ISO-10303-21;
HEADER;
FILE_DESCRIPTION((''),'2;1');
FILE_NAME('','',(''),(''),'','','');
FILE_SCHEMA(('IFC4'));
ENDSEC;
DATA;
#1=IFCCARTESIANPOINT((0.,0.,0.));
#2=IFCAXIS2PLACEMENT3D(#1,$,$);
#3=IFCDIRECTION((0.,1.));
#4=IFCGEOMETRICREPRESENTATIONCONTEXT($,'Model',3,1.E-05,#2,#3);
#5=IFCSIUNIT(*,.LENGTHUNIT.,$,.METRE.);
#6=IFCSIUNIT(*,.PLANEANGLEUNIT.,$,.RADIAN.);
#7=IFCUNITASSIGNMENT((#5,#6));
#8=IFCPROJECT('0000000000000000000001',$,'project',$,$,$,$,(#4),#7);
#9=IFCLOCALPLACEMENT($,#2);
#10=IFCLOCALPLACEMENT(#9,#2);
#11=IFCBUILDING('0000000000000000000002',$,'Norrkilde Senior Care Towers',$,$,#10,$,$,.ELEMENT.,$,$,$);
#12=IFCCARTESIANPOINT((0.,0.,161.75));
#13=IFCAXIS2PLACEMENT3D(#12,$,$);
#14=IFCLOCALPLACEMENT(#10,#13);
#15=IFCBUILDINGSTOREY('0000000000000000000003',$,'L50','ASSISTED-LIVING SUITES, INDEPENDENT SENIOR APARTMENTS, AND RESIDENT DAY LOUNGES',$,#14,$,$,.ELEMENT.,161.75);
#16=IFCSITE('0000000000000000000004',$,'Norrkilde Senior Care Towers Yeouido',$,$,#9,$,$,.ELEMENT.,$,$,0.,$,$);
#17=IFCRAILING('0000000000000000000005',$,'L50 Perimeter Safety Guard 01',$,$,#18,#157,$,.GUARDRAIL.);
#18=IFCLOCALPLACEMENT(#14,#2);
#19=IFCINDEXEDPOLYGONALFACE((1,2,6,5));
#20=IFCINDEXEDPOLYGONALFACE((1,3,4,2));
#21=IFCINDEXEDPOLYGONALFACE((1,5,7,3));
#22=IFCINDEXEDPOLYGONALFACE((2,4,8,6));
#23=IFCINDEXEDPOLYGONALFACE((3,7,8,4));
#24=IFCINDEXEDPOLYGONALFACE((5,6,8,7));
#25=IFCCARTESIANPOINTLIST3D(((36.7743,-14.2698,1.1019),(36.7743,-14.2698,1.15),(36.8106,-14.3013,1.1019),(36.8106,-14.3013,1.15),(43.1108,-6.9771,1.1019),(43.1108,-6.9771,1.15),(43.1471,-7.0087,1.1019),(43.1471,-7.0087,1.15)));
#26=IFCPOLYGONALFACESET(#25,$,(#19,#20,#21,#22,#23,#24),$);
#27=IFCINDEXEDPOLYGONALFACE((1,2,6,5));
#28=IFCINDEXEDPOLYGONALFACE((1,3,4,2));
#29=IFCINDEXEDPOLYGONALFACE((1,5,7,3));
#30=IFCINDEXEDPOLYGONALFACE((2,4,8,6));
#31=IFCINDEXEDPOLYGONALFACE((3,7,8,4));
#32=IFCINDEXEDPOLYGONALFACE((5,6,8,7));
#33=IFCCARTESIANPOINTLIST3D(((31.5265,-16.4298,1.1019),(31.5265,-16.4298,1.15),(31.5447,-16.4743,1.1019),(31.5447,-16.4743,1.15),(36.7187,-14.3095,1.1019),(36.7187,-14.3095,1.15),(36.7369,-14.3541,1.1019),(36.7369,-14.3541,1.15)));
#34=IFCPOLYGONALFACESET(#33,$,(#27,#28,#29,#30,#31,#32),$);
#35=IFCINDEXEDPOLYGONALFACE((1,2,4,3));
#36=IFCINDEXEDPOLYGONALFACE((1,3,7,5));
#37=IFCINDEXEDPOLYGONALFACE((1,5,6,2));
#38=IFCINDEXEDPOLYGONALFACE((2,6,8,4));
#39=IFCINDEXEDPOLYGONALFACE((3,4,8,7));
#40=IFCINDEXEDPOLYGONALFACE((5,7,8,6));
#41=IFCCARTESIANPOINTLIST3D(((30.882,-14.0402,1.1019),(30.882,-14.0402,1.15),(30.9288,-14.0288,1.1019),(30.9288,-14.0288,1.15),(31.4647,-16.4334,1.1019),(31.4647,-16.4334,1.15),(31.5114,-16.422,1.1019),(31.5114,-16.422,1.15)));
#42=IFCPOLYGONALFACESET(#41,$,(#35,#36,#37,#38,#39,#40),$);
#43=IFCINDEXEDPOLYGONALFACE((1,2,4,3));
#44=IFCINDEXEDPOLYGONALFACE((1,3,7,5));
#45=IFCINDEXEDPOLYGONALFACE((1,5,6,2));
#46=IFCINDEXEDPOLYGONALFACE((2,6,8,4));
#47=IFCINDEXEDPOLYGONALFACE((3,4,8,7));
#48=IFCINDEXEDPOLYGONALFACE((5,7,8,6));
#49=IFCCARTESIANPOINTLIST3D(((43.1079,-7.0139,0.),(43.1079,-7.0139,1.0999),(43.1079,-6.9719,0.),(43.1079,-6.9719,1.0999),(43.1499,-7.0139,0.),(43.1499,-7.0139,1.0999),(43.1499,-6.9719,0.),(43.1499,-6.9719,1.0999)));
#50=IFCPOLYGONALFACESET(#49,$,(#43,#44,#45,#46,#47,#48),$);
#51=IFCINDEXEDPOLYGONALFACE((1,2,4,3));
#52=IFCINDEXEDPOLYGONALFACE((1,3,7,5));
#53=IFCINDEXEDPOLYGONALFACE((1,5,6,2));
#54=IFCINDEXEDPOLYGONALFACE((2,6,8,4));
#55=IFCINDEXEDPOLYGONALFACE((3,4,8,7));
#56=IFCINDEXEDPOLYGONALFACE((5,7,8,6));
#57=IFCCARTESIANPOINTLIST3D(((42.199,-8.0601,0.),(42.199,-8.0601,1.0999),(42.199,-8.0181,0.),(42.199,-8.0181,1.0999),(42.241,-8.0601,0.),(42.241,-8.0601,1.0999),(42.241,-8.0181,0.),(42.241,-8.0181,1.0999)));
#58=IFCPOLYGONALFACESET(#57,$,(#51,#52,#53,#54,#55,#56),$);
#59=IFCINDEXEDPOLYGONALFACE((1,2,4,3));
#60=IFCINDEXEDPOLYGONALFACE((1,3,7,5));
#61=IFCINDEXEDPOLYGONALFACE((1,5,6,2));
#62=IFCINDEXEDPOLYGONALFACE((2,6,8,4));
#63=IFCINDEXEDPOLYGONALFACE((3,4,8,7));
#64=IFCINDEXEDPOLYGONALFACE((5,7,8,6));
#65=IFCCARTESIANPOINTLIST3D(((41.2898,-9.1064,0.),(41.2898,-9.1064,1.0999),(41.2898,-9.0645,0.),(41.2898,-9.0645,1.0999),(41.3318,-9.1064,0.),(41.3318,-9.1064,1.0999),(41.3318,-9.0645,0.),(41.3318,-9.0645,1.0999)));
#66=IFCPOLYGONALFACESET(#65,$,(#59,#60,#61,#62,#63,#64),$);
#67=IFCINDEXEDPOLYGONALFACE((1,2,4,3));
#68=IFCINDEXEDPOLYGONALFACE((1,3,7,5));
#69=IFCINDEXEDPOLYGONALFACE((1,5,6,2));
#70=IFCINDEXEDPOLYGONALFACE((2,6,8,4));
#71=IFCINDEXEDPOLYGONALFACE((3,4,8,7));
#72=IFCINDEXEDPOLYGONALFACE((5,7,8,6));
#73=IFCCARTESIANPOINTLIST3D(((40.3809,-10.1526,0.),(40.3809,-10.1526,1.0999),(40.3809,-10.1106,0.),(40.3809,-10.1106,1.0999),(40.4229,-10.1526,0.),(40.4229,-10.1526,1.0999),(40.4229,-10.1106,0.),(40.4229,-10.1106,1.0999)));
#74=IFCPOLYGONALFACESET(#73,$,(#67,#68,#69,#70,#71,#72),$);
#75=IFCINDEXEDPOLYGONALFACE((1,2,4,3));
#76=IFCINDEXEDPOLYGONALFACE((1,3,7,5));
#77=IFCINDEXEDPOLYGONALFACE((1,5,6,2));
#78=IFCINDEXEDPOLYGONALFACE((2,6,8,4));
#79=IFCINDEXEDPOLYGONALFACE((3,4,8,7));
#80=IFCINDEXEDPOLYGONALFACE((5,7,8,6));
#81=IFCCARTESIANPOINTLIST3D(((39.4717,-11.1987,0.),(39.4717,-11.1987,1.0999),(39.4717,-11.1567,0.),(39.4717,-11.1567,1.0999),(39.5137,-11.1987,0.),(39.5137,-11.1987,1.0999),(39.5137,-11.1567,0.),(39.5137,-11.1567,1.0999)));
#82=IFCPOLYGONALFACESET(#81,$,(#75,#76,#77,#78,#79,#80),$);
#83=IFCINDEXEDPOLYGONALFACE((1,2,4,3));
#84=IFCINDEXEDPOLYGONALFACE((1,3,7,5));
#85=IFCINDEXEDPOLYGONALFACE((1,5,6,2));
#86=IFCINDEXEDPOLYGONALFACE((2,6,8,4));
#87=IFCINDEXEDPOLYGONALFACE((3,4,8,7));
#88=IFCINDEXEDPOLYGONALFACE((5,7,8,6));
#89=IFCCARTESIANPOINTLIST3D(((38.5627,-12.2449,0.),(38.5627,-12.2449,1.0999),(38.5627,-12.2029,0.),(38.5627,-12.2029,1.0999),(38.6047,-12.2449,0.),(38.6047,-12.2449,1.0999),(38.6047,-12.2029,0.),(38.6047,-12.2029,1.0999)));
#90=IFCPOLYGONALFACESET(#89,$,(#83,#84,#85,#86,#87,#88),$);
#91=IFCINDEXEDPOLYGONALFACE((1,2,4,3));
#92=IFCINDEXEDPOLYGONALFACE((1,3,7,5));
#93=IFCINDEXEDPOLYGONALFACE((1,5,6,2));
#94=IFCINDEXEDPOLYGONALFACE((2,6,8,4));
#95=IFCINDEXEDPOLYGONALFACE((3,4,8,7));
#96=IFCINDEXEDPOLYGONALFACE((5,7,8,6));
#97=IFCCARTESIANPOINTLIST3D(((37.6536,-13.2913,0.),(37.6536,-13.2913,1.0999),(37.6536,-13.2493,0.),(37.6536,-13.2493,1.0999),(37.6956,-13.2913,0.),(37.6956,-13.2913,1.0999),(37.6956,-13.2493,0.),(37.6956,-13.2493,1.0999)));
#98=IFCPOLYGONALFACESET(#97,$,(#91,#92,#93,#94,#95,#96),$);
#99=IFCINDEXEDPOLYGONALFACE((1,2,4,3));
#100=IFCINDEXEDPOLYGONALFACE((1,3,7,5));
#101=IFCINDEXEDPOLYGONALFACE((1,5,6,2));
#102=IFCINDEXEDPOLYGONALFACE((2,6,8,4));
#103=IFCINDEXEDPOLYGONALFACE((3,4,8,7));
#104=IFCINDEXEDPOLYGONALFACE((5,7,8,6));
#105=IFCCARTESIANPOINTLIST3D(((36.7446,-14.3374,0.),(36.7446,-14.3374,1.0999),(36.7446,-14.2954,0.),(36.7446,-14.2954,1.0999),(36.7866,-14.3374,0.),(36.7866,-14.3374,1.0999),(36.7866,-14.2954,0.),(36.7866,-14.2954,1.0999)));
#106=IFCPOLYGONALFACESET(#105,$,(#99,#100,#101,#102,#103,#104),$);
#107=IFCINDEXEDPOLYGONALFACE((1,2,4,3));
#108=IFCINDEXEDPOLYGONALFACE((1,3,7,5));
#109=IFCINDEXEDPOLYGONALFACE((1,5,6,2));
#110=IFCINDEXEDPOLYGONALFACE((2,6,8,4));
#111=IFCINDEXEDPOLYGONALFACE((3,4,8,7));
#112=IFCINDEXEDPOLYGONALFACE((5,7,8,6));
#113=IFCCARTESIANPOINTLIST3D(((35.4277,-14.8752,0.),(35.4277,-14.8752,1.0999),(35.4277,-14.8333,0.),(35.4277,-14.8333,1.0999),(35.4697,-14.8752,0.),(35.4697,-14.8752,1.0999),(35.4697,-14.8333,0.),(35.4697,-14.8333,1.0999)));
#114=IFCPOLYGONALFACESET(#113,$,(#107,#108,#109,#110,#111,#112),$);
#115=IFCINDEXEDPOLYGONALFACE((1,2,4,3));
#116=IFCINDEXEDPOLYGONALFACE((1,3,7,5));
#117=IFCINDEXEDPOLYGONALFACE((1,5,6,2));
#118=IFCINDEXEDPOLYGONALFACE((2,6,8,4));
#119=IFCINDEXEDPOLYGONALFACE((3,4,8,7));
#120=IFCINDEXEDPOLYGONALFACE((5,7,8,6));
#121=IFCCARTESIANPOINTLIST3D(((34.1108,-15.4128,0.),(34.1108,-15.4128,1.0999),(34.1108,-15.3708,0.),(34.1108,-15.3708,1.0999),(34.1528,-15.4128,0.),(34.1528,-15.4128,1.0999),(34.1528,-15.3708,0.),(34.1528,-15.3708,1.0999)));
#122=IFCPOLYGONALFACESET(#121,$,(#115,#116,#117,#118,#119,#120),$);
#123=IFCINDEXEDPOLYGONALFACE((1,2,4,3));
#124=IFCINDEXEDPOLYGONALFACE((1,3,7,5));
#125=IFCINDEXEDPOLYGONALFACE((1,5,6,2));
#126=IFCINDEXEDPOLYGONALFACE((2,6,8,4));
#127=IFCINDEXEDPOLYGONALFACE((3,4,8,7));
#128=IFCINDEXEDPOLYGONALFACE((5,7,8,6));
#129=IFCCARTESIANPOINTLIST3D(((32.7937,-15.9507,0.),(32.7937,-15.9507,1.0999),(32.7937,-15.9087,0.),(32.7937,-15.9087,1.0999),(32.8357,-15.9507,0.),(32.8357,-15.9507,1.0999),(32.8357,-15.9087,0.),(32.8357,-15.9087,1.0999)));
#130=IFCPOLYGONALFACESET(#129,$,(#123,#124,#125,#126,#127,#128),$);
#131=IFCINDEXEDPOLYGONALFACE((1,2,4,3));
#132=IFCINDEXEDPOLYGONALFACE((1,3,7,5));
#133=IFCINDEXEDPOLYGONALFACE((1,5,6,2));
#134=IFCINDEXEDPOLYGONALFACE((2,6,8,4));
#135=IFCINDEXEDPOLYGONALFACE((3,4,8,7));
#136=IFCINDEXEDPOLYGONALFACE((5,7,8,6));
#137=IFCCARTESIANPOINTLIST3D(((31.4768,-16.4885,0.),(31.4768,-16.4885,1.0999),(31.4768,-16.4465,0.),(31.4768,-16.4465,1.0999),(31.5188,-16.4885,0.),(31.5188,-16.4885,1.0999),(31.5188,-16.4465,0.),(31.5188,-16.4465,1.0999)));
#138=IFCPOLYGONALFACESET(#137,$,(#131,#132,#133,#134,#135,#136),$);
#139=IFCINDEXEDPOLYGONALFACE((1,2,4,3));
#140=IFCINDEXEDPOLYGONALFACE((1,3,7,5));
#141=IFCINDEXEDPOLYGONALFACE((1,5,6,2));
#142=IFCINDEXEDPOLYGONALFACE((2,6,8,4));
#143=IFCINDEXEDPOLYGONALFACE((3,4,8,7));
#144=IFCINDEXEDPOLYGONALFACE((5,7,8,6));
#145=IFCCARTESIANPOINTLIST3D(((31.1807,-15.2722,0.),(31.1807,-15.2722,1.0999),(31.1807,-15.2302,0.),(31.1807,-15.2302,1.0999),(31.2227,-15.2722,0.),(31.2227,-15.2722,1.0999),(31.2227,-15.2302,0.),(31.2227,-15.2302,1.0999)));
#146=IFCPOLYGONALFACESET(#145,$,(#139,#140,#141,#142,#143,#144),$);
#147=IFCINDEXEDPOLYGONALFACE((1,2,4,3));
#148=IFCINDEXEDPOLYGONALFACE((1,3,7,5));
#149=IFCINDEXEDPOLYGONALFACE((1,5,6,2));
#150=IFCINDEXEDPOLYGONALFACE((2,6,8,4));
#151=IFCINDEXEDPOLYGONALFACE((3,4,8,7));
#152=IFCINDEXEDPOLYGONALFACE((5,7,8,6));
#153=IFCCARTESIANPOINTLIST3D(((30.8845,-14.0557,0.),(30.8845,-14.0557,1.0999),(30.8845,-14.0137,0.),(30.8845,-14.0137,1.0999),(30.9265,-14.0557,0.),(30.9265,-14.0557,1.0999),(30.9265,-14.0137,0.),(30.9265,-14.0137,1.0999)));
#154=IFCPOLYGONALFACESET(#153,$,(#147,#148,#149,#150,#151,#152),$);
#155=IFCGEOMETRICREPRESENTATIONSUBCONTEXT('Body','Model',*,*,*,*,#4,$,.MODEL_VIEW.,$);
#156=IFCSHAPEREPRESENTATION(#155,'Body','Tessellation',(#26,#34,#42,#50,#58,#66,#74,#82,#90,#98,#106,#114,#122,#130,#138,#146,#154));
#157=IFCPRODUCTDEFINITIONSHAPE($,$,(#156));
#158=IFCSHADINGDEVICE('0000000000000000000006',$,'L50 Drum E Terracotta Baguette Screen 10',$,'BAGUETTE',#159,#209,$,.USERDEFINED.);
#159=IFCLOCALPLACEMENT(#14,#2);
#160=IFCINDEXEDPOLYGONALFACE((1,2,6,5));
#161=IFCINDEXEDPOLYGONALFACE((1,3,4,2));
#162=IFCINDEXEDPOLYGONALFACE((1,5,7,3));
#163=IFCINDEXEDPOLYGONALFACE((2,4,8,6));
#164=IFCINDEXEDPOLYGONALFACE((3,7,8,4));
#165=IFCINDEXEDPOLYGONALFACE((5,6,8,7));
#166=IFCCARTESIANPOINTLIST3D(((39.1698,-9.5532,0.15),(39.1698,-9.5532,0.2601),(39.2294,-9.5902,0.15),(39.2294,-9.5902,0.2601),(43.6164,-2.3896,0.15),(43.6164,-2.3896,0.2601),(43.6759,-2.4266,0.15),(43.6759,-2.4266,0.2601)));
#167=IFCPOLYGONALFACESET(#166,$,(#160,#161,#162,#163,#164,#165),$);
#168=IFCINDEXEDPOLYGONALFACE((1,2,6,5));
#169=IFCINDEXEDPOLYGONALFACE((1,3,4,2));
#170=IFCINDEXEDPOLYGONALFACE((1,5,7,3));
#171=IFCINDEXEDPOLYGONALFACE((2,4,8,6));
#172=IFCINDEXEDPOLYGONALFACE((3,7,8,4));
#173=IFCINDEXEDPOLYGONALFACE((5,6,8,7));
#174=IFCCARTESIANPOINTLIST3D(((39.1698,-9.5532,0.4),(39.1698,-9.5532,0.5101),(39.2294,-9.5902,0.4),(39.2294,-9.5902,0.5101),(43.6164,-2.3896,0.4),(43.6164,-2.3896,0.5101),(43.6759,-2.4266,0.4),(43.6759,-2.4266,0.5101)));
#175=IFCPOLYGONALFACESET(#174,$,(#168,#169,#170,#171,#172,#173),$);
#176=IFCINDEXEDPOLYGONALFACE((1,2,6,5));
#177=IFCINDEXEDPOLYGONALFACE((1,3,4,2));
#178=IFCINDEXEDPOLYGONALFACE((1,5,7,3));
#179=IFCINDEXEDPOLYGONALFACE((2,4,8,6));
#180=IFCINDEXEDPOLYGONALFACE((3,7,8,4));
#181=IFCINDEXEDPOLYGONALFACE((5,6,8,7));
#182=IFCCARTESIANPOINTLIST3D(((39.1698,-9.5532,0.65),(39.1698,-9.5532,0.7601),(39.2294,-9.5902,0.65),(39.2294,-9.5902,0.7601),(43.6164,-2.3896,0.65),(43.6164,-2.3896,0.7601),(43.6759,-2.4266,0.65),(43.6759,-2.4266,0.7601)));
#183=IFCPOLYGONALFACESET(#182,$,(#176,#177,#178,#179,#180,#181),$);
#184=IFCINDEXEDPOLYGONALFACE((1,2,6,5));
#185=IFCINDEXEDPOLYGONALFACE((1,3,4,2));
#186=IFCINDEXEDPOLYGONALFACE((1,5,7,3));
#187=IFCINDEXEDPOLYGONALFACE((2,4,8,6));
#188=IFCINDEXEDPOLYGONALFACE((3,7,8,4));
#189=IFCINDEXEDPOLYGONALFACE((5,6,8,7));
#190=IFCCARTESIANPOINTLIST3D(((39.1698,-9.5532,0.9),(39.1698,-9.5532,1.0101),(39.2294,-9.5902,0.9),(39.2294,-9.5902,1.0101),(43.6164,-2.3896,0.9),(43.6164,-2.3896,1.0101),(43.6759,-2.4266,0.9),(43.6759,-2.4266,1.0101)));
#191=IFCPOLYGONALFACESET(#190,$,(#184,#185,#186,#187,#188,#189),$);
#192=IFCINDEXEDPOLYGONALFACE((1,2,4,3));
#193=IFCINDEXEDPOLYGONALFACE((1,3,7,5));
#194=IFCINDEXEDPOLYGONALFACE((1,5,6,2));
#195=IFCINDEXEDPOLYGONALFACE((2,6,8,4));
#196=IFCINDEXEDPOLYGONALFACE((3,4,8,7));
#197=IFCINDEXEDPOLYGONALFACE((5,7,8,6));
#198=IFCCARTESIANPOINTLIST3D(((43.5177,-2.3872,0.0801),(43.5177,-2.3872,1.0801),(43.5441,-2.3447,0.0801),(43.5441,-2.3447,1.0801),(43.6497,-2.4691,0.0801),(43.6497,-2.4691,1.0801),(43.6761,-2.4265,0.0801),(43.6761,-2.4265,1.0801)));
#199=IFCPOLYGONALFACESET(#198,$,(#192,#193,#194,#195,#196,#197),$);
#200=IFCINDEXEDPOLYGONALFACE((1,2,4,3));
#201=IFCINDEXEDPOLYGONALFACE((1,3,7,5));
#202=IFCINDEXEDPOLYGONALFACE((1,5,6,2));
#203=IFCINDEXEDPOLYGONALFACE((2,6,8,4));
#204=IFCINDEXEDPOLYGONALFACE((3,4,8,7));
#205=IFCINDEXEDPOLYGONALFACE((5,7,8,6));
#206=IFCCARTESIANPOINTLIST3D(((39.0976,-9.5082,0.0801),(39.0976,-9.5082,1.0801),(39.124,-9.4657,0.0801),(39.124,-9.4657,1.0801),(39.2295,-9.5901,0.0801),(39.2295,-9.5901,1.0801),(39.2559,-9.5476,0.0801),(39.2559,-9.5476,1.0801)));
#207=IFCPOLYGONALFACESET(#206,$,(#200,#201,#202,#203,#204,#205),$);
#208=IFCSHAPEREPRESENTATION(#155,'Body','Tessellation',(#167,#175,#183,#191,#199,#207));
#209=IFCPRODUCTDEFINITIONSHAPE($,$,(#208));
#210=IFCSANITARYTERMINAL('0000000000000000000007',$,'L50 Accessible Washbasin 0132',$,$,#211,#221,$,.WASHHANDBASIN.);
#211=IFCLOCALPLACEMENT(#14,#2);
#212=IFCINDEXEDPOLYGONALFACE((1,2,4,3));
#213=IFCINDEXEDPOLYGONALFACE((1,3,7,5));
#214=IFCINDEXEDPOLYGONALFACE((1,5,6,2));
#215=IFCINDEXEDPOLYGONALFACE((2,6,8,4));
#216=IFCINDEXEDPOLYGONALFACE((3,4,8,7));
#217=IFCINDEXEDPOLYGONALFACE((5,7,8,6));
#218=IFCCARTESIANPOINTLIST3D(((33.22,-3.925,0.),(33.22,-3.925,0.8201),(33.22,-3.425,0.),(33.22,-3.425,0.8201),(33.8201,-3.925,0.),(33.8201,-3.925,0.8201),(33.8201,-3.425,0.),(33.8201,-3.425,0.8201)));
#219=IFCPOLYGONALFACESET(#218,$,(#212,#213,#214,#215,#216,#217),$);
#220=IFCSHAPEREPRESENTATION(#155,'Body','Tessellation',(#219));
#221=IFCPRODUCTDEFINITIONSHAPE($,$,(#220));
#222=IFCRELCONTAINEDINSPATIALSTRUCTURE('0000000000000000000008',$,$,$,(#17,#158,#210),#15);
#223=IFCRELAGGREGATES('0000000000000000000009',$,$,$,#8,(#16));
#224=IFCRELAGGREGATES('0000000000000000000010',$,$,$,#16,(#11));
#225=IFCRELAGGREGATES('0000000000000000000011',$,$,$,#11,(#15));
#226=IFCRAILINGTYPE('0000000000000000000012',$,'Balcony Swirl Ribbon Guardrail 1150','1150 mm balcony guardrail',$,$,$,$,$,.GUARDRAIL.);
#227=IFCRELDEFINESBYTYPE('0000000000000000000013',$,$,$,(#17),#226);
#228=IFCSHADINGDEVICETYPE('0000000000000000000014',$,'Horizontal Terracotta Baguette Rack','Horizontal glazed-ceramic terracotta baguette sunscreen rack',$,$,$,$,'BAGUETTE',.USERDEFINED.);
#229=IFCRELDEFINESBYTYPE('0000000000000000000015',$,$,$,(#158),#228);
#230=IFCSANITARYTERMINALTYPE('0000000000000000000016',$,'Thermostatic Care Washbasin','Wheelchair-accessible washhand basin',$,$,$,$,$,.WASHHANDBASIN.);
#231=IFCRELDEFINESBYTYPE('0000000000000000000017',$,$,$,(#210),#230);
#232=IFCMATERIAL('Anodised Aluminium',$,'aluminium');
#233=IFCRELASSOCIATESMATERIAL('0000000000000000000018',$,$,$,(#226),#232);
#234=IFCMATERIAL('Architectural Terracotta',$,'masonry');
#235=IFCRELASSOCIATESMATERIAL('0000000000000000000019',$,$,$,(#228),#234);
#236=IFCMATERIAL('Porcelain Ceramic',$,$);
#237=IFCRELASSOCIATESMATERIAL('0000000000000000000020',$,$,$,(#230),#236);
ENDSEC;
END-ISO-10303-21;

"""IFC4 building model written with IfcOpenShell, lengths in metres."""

from ifc_helpers import new_model, si_unit, direction, frame, origin, origin_2d, place, context, subcontext, project, spatial, rectangle, extrude, source, transform, mapped, material, type_object, type_shapes, element, save


model = new_model("IFC4")

# Units and contexts
model_context = context("Model", 3, precision=1e-05, world=origin(), true_north=direction((0.0, 1.0)))
body_context = subcontext(model_context, "Body", "Model", "MODEL_VIEW")
ifc_project = project(units=[si_unit("LENGTHUNIT", "METRE"), si_unit("PLANEANGLEUNIT", "RADIAN")], contexts=[model_context])

# Site, building, storey
site_placement = place(None, origin())
site = spatial("IfcSite", under=ifc_project, at=site_placement, Name="Norrkilde Senior Care Towers Yeouido", CompositionType="ELEMENT", RefElevation=0.0)
building_placement = place(site_placement, origin())
building = spatial("IfcBuilding", under=site, at=building_placement, Name="Norrkilde Senior Care Towers", CompositionType="ELEMENT")
storey_placement = place(building_placement, frame((0.0, 0.0, 161.75)))
storey = spatial("IfcBuildingStorey", under=building, at=storey_placement, Name="L50", Description="ASSISTED-LIVING SUITES, INDEPENDENT SENIOR APARTMENTS, AND RESIDENT DAY LOUNGES", CompositionType="ELEMENT", Elevation=161.75)

# Shared definitions
ifc_material_1 = material(Name="Anodised Aluminium", Category="aluminium")

# Railing
railing_type = type_object("IfcRailingType", Name="Balcony Swirl Ribbon Guardrail 1150", Description="1150 mm balcony guardrail", PredefinedType="GUARDRAIL", material=ifc_material_1)
railing_placement = place(storey_placement, frame((43.1289, -6.9929, 0.0)))
element("IfcRailing", 1, at=railing_placement, inside=storey, type_object=railing_type, Name="L50 Perimeter Safety Guard 01", PredefinedType="GUARDRAIL", context=body_context, shape_type="SweptSolid", body=[
    extrude(rectangle(XDim=0.0481, YDim=0.0481, at=origin_2d()), frame((0.0, 0.0, 1.126), z_axis=(-0.655887, -0.754859, 0.0), x_axis=(0.754859, -0.655887, 0.0)), (0.0, 0.0, 1.0), 9.6609),
    extrude(rectangle(XDim=0.0481, YDim=0.0481, at=origin_2d()), frame((-6.4011, -7.3389, 1.126), z_axis=(-0.925787, -0.378046, 0.0), x_axis=(0.378046, -0.925787, 0.0)), (0.0, 0.0, 1.0), 5.6084),
    extrude(rectangle(XDim=0.0481, YDim=0.0481, at=origin_2d()), frame((-11.6409, -9.4348, 1.126), z_axis=(-0.236543, 0.971621, 0.0), x_axis=(-0.971621, -0.236543, 0.0)), (0.0, 0.0, 1.0), 2.4631),
    extrude(rectangle(XDim=0.042, YDim=0.042, at=origin_2d()), origin(), (0.0, 0.0, 1.0), 1.0999),
    extrude(rectangle(XDim=0.042, YDim=0.042, at=origin_2d()), frame((-0.9089, -1.0461, 0.0)), (0.0, 0.0, 1.0), 1.0999),
    extrude(rectangle(XDim=0.042, YDim=0.042, at=origin_2d()), frame((-1.8181, -2.0925, 0.0)), (0.0, 0.0, 1.0), 1.0999),
    extrude(rectangle(XDim=0.042, YDim=0.042, at=origin_2d()), frame((-2.7271, -3.1387, 0.0)), (0.0, 0.0, 1.0), 1.0999),
    extrude(rectangle(XDim=0.042, YDim=0.042, at=origin_2d()), frame((-3.6362, -4.1848, 0.0)), (0.0, 0.0, 1.0), 1.0999),
    extrude(rectangle(XDim=0.042, YDim=0.042, at=origin_2d()), frame((-4.5452, -5.231, 0.0)), (0.0, 0.0, 1.0), 1.0999),
    extrude(rectangle(XDim=0.042, YDim=0.042, at=origin_2d()), frame((-5.4543, -6.2773, 0.0)), (0.0, 0.0, 1.0), 1.0999),
    extrude(rectangle(XDim=0.042, YDim=0.042, at=origin_2d()), frame((-6.3633, -7.3235, 0.0)), (0.0, 0.0, 1.0), 1.0999),
    extrude(rectangle(XDim=0.042, YDim=0.042, at=origin_2d()), frame((-7.6802, -7.8613, 0.0)), (0.0, 0.0, 1.0), 1.0999),
    extrude(rectangle(XDim=0.042, YDim=0.042, at=origin_2d()), frame((-8.9971, -8.3989, 0.0)), (0.0, 0.0, 1.0), 1.0999),
    extrude(rectangle(XDim=0.042, YDim=0.042, at=origin_2d()), frame((-10.3142, -8.9368, 0.0)), (0.0, 0.0, 1.0), 1.0999),
    extrude(rectangle(XDim=0.042, YDim=0.042, at=origin_2d()), frame((-11.6311, -9.4746, 0.0)), (0.0, 0.0, 1.0), 1.0999),
    extrude(rectangle(XDim=0.042, YDim=0.042, at=origin_2d()), frame((-11.9272, -8.2583, 0.0)), (0.0, 0.0, 1.0), 1.0999),
    extrude(rectangle(XDim=0.042, YDim=0.042, at=origin_2d()), frame((-12.2234, -7.0417, 0.0)), (0.0, 0.0, 1.0), 1.0999),
])

# Shading device
ifc_material_2 = material(Name="Architectural Terracotta", Category="masonry")
shading_device_type = type_object("IfcShadingDeviceType", Name="Horizontal Terracotta Baguette Rack", Description="Horizontal glazed-ceramic terracotta baguette sunscreen rack", ElementType="BAGUETTE", PredefinedType="USERDEFINED", material=ifc_material_2)
shared_shape_1 = source(origin(), body_context, "Body", "SweptSolid", [
    extrude(rectangle(XDim=0.0701, YDim=0.1101, at=origin_2d()), frame((0.0, 0.0901, 0.125), z_axis=(1.0, 0.0, 0.0), x_axis=(0.0, 1.0, 0.0)), (0.0, 0.0, 1.0), 8.4314),
    extrude(rectangle(XDim=0.0701, YDim=0.1101, at=origin_2d()), frame((0.0, 0.0901, 0.375), z_axis=(1.0, 0.0, 0.0), x_axis=(0.0, 1.0, 0.0)), (0.0, 0.0, 1.0), 8.4314),
    extrude(rectangle(XDim=0.0701, YDim=0.1101, at=origin_2d()), frame((0.0, 0.0901, 0.625), z_axis=(1.0, 0.0, 0.0), x_axis=(0.0, 1.0, 0.0)), (0.0, 0.0, 1.0), 8.4314),
    extrude(rectangle(XDim=0.0701, YDim=0.1101, at=origin_2d()), frame((0.0, 0.0901, 0.875), z_axis=(1.0, 0.0, 0.0), x_axis=(0.0, 1.0, 0.0)), (0.0, 0.0, 1.0), 8.4314),
    extrude(rectangle(XDim=0.05, YDim=0.1553, at=origin_2d()), frame((0.0249, 0.0476, 0.0)), (0.0, 0.0, 1.0), 1.0),
    extrude(rectangle(XDim=0.05, YDim=0.1553, at=origin_2d()), frame((8.4062, 0.0476, 0.0)), (0.0, 0.0, 1.0), 1.0),
])
type_shapes(shading_device_type, [shared_shape_1])
shading_device_placement = place(storey_placement, frame((43.5696, -2.3606, 0.0801), z_axis=(0.0, 0.0, 1.0), x_axis=(-0.527378, -0.849631, 0.0)))
element("IfcShadingDevice", 2, at=shading_device_placement, inside=storey, type_object=shading_device_type, Name="L50 Drum E Terracotta Baguette Screen 10", ObjectType="BAGUETTE", PredefinedType="USERDEFINED", context=body_context, shape_type="MappedRepresentation", body=[
    mapped(shared_shape_1, transform((0.0, 0.0, 0.0), x_axis=(1.0, 0.0, 0.0), y_axis=(0.0, 1.0, 0.0), z_axis=(0.0, 0.0, 1.0), scale=1.0)),
])

# Sanitary terminal
ifc_material_3 = material(Name="Porcelain Ceramic")
sanitary_terminal_type = type_object("IfcSanitaryTerminalType", Name="Thermostatic Care Washbasin", Description="Wheelchair-accessible washhand basin", PredefinedType="WASHHANDBASIN", material=ifc_material_3)
shared_shape_2 = source(origin(), body_context, "Body", "SweptSolid", [
    extrude(rectangle(XDim=0.6001, YDim=0.5, at=origin_2d()), origin(), (0.0, 0.0, 1.0), 0.8201),
])
type_shapes(sanitary_terminal_type, [shared_shape_2])
sanitary_terminal_placement = place(storey_placement, frame((33.52, -3.675, 0.0), z_axis=(0.0, 0.0, 1.0), x_axis=(1.0, 0.0, 0.0)))
element("IfcSanitaryTerminal", 3, at=sanitary_terminal_placement, inside=storey, type_object=sanitary_terminal_type, Name="L50 Accessible Washbasin 0132", PredefinedType="WASHHANDBASIN", context=body_context, shape_type="MappedRepresentation", body=[
    mapped(shared_shape_2, transform((0.0, 0.0, 0.0), x_axis=(1.0, 0.0, 0.0), y_axis=(0.0, 1.0, 0.0), z_axis=(0.0, 0.0, 1.0), scale=1.0)),
])

save(model, "model.ifc")
